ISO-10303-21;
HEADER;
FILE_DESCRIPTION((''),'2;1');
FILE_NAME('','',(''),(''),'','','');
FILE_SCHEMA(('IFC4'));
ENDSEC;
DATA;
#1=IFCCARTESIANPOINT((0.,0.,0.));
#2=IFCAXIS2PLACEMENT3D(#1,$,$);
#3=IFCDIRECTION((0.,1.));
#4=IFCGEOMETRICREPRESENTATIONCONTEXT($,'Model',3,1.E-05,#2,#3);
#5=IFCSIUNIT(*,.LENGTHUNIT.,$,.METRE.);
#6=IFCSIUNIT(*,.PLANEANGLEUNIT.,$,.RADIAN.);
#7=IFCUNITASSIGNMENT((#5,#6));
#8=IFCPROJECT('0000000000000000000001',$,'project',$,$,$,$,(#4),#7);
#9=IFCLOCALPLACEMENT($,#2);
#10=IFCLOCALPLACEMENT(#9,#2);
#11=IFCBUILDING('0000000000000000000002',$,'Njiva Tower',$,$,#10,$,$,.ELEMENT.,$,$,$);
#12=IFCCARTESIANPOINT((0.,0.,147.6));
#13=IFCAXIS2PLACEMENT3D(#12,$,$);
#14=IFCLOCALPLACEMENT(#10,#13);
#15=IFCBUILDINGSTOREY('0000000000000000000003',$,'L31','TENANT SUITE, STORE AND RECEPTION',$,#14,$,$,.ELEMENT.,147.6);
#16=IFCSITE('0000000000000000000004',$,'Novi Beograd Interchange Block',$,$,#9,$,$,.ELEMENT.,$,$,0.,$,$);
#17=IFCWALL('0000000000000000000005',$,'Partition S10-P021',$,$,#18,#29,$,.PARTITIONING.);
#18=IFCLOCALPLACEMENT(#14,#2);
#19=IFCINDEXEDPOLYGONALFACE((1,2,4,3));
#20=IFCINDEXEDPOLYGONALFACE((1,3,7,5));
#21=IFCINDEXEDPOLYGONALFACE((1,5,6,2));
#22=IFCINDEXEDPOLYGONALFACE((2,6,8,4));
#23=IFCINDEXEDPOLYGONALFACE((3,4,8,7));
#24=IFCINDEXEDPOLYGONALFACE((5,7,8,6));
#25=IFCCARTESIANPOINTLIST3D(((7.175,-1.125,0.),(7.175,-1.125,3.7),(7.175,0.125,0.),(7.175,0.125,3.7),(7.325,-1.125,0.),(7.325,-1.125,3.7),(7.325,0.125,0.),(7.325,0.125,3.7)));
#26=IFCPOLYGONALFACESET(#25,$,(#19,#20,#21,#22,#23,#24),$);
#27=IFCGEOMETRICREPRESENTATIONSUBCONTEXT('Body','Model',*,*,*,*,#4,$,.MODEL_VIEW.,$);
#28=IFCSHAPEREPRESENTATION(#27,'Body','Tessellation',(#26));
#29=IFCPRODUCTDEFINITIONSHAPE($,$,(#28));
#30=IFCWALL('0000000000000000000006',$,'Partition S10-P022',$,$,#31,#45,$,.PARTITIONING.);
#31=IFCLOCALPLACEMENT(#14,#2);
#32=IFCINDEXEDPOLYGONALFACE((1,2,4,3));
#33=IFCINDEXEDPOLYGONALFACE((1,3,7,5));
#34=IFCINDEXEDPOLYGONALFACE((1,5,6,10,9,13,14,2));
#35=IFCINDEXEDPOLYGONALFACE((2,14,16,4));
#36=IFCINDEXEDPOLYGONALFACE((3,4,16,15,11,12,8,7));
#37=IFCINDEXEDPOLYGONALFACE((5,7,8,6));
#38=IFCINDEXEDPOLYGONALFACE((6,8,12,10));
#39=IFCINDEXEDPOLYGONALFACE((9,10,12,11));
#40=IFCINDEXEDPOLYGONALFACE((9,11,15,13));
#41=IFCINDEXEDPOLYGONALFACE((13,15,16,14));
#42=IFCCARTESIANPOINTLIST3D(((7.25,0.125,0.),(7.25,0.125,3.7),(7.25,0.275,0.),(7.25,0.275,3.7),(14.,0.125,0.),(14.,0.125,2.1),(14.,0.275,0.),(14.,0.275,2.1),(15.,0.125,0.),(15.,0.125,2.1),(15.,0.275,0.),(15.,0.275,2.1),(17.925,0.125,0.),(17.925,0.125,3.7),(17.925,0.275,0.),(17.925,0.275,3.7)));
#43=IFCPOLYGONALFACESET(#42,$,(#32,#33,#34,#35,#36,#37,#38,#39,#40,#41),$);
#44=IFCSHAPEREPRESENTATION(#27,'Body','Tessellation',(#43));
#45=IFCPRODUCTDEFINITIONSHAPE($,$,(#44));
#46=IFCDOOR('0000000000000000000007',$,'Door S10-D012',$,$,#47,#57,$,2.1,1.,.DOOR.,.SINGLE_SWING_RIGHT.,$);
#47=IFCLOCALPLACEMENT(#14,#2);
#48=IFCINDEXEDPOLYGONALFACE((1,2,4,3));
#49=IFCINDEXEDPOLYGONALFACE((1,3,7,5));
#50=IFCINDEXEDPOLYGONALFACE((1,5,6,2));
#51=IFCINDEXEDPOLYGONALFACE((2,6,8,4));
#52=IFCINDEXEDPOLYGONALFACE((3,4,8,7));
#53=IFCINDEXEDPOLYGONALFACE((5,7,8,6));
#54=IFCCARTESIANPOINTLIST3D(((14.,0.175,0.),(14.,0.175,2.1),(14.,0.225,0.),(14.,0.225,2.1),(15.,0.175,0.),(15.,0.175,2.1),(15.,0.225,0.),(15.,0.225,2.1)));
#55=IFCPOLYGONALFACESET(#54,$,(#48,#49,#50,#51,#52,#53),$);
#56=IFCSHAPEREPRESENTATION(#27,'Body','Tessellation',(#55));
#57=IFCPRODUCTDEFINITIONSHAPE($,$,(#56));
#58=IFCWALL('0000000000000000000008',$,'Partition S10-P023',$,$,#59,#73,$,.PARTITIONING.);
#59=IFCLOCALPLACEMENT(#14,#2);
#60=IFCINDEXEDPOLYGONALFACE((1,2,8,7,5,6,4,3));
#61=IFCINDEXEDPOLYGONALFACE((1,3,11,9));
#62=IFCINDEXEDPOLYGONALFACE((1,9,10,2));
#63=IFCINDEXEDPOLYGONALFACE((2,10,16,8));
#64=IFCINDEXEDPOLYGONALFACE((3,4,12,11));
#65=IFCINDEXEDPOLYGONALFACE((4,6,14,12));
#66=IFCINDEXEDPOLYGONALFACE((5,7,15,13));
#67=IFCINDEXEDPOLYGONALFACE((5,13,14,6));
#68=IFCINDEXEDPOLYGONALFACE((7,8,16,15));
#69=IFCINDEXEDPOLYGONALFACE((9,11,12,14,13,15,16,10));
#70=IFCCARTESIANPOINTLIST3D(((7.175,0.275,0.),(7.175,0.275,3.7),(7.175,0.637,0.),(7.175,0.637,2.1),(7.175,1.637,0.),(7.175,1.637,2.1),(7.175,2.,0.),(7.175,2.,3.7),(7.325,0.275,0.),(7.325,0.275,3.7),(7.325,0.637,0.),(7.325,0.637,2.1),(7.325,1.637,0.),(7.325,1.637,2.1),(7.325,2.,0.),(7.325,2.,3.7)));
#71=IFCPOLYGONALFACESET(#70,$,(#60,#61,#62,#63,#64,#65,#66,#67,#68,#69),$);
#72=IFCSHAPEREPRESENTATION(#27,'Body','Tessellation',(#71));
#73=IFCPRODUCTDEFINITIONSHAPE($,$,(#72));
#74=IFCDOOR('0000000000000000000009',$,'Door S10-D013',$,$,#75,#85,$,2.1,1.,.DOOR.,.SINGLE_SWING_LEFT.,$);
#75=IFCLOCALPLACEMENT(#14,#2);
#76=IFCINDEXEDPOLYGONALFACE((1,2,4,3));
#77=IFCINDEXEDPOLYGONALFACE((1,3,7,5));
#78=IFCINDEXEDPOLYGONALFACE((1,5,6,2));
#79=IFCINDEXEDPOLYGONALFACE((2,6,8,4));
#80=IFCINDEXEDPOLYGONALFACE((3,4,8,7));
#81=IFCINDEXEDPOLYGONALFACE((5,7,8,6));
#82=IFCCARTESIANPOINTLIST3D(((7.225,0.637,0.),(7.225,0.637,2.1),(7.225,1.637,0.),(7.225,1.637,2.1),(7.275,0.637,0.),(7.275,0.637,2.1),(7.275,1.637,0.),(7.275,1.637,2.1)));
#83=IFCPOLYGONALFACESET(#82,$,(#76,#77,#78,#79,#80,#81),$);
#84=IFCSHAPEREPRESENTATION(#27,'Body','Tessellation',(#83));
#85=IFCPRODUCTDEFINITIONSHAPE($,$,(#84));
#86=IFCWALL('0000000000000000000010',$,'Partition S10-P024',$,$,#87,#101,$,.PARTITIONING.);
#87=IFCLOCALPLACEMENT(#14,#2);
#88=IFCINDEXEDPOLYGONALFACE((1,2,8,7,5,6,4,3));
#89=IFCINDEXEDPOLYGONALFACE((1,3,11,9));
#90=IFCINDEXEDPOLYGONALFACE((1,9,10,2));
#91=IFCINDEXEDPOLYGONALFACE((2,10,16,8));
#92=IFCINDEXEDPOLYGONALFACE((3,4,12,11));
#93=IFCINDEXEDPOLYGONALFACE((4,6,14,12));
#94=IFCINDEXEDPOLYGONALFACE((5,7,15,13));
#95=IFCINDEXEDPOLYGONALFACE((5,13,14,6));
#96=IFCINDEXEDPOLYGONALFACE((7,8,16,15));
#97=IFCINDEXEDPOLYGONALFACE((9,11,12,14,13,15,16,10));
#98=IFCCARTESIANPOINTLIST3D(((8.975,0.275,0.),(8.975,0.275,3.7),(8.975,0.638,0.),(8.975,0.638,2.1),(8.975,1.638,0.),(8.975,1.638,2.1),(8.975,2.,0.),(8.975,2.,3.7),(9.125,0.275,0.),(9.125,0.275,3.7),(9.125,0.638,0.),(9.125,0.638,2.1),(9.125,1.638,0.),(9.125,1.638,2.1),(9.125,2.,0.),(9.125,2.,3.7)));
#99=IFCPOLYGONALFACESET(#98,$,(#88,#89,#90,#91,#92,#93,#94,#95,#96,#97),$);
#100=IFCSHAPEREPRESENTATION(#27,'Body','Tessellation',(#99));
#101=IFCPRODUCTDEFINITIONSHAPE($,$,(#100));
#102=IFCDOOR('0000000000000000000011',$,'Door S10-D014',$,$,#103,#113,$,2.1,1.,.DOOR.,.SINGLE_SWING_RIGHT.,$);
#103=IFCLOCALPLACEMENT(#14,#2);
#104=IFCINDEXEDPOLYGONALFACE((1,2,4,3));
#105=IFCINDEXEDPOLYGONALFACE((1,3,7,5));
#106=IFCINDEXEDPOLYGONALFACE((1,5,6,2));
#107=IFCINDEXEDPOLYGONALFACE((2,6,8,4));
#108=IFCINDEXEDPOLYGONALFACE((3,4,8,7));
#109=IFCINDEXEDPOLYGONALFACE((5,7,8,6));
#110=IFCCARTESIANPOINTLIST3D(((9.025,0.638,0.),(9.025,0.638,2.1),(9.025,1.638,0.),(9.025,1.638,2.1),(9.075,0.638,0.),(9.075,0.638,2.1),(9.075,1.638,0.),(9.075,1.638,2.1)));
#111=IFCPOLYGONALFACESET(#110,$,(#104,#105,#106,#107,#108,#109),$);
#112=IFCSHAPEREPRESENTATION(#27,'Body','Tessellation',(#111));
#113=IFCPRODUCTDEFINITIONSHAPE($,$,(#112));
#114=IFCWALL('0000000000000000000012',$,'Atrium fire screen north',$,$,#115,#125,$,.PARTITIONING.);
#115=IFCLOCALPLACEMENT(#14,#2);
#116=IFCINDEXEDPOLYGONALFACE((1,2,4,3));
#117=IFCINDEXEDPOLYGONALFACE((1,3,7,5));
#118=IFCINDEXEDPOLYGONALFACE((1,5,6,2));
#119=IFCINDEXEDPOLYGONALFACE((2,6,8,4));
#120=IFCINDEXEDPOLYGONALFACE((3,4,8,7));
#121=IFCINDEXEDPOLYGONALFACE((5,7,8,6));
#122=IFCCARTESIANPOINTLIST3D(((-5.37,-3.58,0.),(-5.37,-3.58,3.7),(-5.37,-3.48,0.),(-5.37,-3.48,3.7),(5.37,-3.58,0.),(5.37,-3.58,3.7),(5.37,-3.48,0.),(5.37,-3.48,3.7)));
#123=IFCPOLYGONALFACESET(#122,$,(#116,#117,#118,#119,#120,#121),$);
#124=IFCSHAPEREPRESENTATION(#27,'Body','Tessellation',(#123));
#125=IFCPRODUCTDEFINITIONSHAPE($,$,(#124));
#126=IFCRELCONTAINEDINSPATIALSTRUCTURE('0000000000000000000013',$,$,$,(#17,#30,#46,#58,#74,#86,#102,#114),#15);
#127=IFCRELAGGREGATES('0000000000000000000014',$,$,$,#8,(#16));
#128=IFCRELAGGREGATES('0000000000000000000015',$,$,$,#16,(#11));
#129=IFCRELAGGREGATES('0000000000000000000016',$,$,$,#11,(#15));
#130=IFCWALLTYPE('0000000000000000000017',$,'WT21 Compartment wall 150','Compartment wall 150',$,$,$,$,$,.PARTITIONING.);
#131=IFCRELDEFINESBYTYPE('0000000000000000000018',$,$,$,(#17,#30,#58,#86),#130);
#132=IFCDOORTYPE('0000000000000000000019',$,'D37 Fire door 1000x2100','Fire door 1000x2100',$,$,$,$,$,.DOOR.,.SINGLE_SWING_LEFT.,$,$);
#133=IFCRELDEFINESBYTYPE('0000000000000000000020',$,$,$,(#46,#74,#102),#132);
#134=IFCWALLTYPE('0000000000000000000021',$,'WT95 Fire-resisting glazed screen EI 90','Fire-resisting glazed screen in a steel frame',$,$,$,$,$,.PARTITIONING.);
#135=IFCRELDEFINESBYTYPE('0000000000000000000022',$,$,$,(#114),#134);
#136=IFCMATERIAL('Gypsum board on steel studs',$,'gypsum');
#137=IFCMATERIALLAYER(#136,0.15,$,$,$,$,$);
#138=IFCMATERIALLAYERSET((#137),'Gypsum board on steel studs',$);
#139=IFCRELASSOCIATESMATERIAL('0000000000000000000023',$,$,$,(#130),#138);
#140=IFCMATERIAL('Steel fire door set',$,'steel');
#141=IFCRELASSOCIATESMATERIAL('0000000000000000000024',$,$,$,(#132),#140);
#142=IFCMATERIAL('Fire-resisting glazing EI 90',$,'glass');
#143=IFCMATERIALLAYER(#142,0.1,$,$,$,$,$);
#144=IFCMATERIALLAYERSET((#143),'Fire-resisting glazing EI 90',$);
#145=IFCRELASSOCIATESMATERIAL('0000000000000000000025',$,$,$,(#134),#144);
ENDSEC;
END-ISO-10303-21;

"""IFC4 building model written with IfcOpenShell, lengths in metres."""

from ifc_helpers import new_model, si_unit, direction, frame, frame_2d, origin, place, context, subcontext, project, spatial, rectangle, extrude, material, layer, layer_set, type_object, element, fill, save


model = new_model("IFC4")

# Units and contexts
model_context = context("Model", 3, precision=1e-05, world=origin(), true_north=direction((0.0, 1.0)))
body_context = subcontext(model_context, "Body", "Model", "MODEL_VIEW")
ifc_project = project(units=[si_unit("LENGTHUNIT", "METRE"), si_unit("PLANEANGLEUNIT", "RADIAN")], contexts=[model_context])

# Site, building, storey
site_placement = place(None, origin())
site = spatial("IfcSite", under=ifc_project, at=site_placement, Name="Novi Beograd Interchange Block", CompositionType="ELEMENT", RefElevation=0.0)
building_placement = place(site_placement, origin())
building = spatial("IfcBuilding", under=site, at=building_placement, Name="Njiva Tower", CompositionType="ELEMENT")
storey_placement = place(building_placement, frame((0.0, 0.0, 147.6)))
storey = spatial("IfcBuildingStorey", under=building, at=storey_placement, Name="L31", Description="TENANT SUITE, STORE AND RECEPTION", CompositionType="ELEMENT", Elevation=147.6)

# Wall
ifc_material_1 = material(Name="Gypsum board on steel studs", Category="gypsum")
ifc_layer_1 = layer(ifc_material_1, 0.15)
ifc_layer_set_1 = layer_set([ifc_layer_1], Name="Gypsum board on steel studs")
wall_type_1 = type_object("IfcWallType", Name="WT21 Compartment wall 150", Description="Compartment wall 150", PredefinedType="PARTITIONING", material=ifc_layer_set_1)
wall_1_placement = place(storey_placement, frame((7.25, -1.125, 0.0), z_axis=(0.0, 0.0, 1.0), x_axis=(0.0, 1.0, 0.0)))
element("IfcWall", 1, at=wall_1_placement, inside=storey, type_object=wall_type_1, Name="Partition S10-P021", PredefinedType="PARTITIONING", context=body_context, shape_type="SweptSolid", body=[
    extrude(rectangle(XDim=1.25, YDim=0.15, at=frame_2d((0.625, 0.0))), origin(), (0.0, 0.0, 1.0), 3.7),
])

# Walls, openings, doors
wall_2_placement = place(storey_placement, frame((7.25, 0.2, 0.0), z_axis=(0.0, 0.0, 1.0), x_axis=(1.0, 0.0, 0.0)))
wall_2 = element("IfcWall", 2, at=wall_2_placement, inside=storey, type_object=wall_type_1, Name="Partition S10-P022", PredefinedType="PARTITIONING", context=body_context, shape_type="SweptSolid", body=[
    extrude(rectangle(XDim=10.675, YDim=0.15, at=frame_2d((5.3375, 0.0))), origin(), (0.0, 0.0, 1.0), 3.7),
])
opening_1_placement = place(wall_2_placement, frame((6.75, 0.0, 0.0)))
opening_1 = element("IfcOpeningElement", 3, at=opening_1_placement, cuts=wall_2, PredefinedType="OPENING", context=body_context, shape_type="SweptSolid", body=[
    extrude(rectangle(XDim=1.0, YDim=2.1, at=frame_2d((0.5, 1.05))), frame((0.0, 0.085, 0.0), z_axis=(0.0, -1.0, 0.0), x_axis=(1.0, 0.0, 0.0)), (0.0, 0.0, 1.0), 0.17),
])
ifc_material_2 = material(Name="Steel fire door set", Category="steel")
door_type = type_object("IfcDoorType", Name="D37 Fire door 1000x2100", Description="Fire door 1000x2100", OperationType="SINGLE_SWING_LEFT", PredefinedType="DOOR", material=ifc_material_2)
door_1_placement = place(opening_1_placement, origin())
door_1 = element("IfcDoor", 4, at=door_1_placement, inside=storey, type_object=door_type, Name="Door S10-D012", OperationType="SINGLE_SWING_RIGHT", OverallHeight=2.1, OverallWidth=1.0, PredefinedType="DOOR", context=body_context, shape_type="SweptSolid", body=[
    extrude(rectangle(XDim=1.0, YDim=2.1, at=frame_2d((0.5, 1.05))), frame((0.0, 0.025, 0.0), z_axis=(0.0, -1.0, 0.0), x_axis=(1.0, 0.0, 0.0)), (0.0, 0.0, 1.0), 0.05),
])
fill(opening_1, door_1)
wall_3_placement = place(storey_placement, frame((7.25, 0.275, 0.0), z_axis=(0.0, 0.0, 1.0), x_axis=(0.0, 1.0, 0.0)))
wall_3 = element("IfcWall", 5, at=wall_3_placement, inside=storey, type_object=wall_type_1, Name="Partition S10-P023", PredefinedType="PARTITIONING", context=body_context, shape_type="SweptSolid", body=[
    extrude(rectangle(XDim=1.725, YDim=0.15, at=frame_2d((0.8625, 0.0))), origin(), (0.0, 0.0, 1.0), 3.7),
])
opening_2_placement = place(wall_3_placement, frame((0.362, 0.0, 0.0)))
opening_2 = element("IfcOpeningElement", 6, at=opening_2_placement, cuts=wall_3, PredefinedType="OPENING", context=body_context, shape_type="SweptSolid", body=[
    extrude(rectangle(XDim=1.0, YDim=2.1, at=frame_2d((0.5, 1.05))), frame((0.0, 0.085, 0.0), z_axis=(0.0, -1.0, 0.0), x_axis=(1.0, 0.0, 0.0)), (0.0, 0.0, 1.0), 0.17),
])
door_2_placement = place(opening_2_placement, origin())
door_2 = element("IfcDoor", 7, at=door_2_placement, inside=storey, type_object=door_type, Name="Door S10-D013", OperationType="SINGLE_SWING_LEFT", OverallHeight=2.1, OverallWidth=1.0, PredefinedType="DOOR", context=body_context, shape_type="SweptSolid", body=[
    extrude(rectangle(XDim=1.0, YDim=2.1, at=frame_2d((0.5, 1.05))), frame((0.0, 0.025, 0.0), z_axis=(0.0, -1.0, 0.0), x_axis=(1.0, 0.0, 0.0)), (0.0, 0.0, 1.0), 0.05),
])
fill(opening_2, door_2)
wall_4_placement = place(storey_placement, frame((9.05, 0.275, 0.0), z_axis=(0.0, 0.0, 1.0), x_axis=(0.0, 1.0, 0.0)))
wall_4 = element("IfcWall", 8, at=wall_4_placement, inside=storey, type_object=wall_type_1, Name="Partition S10-P024", PredefinedType="PARTITIONING", context=body_context, shape_type="SweptSolid", body=[
    extrude(rectangle(XDim=1.725, YDim=0.15, at=frame_2d((0.8625, 0.0))), origin(), (0.0, 0.0, 1.0), 3.7),
])
opening_3_placement = place(wall_4_placement, frame((0.363, 0.0, 0.0)))
opening_3 = element("IfcOpeningElement", 9, at=opening_3_placement, cuts=wall_4, PredefinedType="OPENING", context=body_context, shape_type="SweptSolid", body=[
    extrude(rectangle(XDim=1.0, YDim=2.1, at=frame_2d((0.5, 1.05))), frame((0.0, 0.085, 0.0), z_axis=(0.0, -1.0, 0.0), x_axis=(1.0, 0.0, 0.0)), (0.0, 0.0, 1.0), 0.17),
])
door_3_placement = place(opening_3_placement, origin())
door_3 = element("IfcDoor", 10, at=door_3_placement, inside=storey, type_object=door_type, Name="Door S10-D014", OperationType="SINGLE_SWING_RIGHT", OverallHeight=2.1, OverallWidth=1.0, PredefinedType="DOOR", context=body_context, shape_type="SweptSolid", body=[
    extrude(rectangle(XDim=1.0, YDim=2.1, at=frame_2d((0.5, 1.05))), frame((0.0, 0.025, 0.0), z_axis=(0.0, -1.0, 0.0), x_axis=(1.0, 0.0, 0.0)), (0.0, 0.0, 1.0), 0.05),
])
fill(opening_3, door_3)

# Wall
ifc_material_3 = material(Name="Fire-resisting glazing EI 90", Category="glass")
ifc_layer_2 = layer(ifc_material_3, 0.1)
ifc_layer_set_2 = layer_set([ifc_layer_2], Name="Fire-resisting glazing EI 90")
wall_type_2 = type_object("IfcWallType", Name="WT95 Fire-resisting glazed screen EI 90", Description="Fire-resisting glazed screen in a steel frame", PredefinedType="PARTITIONING", material=ifc_layer_set_2)
wall_5_placement = place(storey_placement, frame((5.37, -3.53, 0.0), z_axis=(0.0, 0.0, 1.0), x_axis=(-1.0, 0.0, 0.0)))
element("IfcWall", 11, at=wall_5_placement, inside=storey, type_object=wall_type_2, Name="Atrium fire screen north", PredefinedType="PARTITIONING", context=body_context, shape_type="SweptSolid", body=[
    extrude(rectangle(XDim=10.74, YDim=0.1, at=frame_2d((5.37, 0.0))), origin(), (0.0, 0.0, 1.0), 3.7),
])

save(model, "model.ifc")
